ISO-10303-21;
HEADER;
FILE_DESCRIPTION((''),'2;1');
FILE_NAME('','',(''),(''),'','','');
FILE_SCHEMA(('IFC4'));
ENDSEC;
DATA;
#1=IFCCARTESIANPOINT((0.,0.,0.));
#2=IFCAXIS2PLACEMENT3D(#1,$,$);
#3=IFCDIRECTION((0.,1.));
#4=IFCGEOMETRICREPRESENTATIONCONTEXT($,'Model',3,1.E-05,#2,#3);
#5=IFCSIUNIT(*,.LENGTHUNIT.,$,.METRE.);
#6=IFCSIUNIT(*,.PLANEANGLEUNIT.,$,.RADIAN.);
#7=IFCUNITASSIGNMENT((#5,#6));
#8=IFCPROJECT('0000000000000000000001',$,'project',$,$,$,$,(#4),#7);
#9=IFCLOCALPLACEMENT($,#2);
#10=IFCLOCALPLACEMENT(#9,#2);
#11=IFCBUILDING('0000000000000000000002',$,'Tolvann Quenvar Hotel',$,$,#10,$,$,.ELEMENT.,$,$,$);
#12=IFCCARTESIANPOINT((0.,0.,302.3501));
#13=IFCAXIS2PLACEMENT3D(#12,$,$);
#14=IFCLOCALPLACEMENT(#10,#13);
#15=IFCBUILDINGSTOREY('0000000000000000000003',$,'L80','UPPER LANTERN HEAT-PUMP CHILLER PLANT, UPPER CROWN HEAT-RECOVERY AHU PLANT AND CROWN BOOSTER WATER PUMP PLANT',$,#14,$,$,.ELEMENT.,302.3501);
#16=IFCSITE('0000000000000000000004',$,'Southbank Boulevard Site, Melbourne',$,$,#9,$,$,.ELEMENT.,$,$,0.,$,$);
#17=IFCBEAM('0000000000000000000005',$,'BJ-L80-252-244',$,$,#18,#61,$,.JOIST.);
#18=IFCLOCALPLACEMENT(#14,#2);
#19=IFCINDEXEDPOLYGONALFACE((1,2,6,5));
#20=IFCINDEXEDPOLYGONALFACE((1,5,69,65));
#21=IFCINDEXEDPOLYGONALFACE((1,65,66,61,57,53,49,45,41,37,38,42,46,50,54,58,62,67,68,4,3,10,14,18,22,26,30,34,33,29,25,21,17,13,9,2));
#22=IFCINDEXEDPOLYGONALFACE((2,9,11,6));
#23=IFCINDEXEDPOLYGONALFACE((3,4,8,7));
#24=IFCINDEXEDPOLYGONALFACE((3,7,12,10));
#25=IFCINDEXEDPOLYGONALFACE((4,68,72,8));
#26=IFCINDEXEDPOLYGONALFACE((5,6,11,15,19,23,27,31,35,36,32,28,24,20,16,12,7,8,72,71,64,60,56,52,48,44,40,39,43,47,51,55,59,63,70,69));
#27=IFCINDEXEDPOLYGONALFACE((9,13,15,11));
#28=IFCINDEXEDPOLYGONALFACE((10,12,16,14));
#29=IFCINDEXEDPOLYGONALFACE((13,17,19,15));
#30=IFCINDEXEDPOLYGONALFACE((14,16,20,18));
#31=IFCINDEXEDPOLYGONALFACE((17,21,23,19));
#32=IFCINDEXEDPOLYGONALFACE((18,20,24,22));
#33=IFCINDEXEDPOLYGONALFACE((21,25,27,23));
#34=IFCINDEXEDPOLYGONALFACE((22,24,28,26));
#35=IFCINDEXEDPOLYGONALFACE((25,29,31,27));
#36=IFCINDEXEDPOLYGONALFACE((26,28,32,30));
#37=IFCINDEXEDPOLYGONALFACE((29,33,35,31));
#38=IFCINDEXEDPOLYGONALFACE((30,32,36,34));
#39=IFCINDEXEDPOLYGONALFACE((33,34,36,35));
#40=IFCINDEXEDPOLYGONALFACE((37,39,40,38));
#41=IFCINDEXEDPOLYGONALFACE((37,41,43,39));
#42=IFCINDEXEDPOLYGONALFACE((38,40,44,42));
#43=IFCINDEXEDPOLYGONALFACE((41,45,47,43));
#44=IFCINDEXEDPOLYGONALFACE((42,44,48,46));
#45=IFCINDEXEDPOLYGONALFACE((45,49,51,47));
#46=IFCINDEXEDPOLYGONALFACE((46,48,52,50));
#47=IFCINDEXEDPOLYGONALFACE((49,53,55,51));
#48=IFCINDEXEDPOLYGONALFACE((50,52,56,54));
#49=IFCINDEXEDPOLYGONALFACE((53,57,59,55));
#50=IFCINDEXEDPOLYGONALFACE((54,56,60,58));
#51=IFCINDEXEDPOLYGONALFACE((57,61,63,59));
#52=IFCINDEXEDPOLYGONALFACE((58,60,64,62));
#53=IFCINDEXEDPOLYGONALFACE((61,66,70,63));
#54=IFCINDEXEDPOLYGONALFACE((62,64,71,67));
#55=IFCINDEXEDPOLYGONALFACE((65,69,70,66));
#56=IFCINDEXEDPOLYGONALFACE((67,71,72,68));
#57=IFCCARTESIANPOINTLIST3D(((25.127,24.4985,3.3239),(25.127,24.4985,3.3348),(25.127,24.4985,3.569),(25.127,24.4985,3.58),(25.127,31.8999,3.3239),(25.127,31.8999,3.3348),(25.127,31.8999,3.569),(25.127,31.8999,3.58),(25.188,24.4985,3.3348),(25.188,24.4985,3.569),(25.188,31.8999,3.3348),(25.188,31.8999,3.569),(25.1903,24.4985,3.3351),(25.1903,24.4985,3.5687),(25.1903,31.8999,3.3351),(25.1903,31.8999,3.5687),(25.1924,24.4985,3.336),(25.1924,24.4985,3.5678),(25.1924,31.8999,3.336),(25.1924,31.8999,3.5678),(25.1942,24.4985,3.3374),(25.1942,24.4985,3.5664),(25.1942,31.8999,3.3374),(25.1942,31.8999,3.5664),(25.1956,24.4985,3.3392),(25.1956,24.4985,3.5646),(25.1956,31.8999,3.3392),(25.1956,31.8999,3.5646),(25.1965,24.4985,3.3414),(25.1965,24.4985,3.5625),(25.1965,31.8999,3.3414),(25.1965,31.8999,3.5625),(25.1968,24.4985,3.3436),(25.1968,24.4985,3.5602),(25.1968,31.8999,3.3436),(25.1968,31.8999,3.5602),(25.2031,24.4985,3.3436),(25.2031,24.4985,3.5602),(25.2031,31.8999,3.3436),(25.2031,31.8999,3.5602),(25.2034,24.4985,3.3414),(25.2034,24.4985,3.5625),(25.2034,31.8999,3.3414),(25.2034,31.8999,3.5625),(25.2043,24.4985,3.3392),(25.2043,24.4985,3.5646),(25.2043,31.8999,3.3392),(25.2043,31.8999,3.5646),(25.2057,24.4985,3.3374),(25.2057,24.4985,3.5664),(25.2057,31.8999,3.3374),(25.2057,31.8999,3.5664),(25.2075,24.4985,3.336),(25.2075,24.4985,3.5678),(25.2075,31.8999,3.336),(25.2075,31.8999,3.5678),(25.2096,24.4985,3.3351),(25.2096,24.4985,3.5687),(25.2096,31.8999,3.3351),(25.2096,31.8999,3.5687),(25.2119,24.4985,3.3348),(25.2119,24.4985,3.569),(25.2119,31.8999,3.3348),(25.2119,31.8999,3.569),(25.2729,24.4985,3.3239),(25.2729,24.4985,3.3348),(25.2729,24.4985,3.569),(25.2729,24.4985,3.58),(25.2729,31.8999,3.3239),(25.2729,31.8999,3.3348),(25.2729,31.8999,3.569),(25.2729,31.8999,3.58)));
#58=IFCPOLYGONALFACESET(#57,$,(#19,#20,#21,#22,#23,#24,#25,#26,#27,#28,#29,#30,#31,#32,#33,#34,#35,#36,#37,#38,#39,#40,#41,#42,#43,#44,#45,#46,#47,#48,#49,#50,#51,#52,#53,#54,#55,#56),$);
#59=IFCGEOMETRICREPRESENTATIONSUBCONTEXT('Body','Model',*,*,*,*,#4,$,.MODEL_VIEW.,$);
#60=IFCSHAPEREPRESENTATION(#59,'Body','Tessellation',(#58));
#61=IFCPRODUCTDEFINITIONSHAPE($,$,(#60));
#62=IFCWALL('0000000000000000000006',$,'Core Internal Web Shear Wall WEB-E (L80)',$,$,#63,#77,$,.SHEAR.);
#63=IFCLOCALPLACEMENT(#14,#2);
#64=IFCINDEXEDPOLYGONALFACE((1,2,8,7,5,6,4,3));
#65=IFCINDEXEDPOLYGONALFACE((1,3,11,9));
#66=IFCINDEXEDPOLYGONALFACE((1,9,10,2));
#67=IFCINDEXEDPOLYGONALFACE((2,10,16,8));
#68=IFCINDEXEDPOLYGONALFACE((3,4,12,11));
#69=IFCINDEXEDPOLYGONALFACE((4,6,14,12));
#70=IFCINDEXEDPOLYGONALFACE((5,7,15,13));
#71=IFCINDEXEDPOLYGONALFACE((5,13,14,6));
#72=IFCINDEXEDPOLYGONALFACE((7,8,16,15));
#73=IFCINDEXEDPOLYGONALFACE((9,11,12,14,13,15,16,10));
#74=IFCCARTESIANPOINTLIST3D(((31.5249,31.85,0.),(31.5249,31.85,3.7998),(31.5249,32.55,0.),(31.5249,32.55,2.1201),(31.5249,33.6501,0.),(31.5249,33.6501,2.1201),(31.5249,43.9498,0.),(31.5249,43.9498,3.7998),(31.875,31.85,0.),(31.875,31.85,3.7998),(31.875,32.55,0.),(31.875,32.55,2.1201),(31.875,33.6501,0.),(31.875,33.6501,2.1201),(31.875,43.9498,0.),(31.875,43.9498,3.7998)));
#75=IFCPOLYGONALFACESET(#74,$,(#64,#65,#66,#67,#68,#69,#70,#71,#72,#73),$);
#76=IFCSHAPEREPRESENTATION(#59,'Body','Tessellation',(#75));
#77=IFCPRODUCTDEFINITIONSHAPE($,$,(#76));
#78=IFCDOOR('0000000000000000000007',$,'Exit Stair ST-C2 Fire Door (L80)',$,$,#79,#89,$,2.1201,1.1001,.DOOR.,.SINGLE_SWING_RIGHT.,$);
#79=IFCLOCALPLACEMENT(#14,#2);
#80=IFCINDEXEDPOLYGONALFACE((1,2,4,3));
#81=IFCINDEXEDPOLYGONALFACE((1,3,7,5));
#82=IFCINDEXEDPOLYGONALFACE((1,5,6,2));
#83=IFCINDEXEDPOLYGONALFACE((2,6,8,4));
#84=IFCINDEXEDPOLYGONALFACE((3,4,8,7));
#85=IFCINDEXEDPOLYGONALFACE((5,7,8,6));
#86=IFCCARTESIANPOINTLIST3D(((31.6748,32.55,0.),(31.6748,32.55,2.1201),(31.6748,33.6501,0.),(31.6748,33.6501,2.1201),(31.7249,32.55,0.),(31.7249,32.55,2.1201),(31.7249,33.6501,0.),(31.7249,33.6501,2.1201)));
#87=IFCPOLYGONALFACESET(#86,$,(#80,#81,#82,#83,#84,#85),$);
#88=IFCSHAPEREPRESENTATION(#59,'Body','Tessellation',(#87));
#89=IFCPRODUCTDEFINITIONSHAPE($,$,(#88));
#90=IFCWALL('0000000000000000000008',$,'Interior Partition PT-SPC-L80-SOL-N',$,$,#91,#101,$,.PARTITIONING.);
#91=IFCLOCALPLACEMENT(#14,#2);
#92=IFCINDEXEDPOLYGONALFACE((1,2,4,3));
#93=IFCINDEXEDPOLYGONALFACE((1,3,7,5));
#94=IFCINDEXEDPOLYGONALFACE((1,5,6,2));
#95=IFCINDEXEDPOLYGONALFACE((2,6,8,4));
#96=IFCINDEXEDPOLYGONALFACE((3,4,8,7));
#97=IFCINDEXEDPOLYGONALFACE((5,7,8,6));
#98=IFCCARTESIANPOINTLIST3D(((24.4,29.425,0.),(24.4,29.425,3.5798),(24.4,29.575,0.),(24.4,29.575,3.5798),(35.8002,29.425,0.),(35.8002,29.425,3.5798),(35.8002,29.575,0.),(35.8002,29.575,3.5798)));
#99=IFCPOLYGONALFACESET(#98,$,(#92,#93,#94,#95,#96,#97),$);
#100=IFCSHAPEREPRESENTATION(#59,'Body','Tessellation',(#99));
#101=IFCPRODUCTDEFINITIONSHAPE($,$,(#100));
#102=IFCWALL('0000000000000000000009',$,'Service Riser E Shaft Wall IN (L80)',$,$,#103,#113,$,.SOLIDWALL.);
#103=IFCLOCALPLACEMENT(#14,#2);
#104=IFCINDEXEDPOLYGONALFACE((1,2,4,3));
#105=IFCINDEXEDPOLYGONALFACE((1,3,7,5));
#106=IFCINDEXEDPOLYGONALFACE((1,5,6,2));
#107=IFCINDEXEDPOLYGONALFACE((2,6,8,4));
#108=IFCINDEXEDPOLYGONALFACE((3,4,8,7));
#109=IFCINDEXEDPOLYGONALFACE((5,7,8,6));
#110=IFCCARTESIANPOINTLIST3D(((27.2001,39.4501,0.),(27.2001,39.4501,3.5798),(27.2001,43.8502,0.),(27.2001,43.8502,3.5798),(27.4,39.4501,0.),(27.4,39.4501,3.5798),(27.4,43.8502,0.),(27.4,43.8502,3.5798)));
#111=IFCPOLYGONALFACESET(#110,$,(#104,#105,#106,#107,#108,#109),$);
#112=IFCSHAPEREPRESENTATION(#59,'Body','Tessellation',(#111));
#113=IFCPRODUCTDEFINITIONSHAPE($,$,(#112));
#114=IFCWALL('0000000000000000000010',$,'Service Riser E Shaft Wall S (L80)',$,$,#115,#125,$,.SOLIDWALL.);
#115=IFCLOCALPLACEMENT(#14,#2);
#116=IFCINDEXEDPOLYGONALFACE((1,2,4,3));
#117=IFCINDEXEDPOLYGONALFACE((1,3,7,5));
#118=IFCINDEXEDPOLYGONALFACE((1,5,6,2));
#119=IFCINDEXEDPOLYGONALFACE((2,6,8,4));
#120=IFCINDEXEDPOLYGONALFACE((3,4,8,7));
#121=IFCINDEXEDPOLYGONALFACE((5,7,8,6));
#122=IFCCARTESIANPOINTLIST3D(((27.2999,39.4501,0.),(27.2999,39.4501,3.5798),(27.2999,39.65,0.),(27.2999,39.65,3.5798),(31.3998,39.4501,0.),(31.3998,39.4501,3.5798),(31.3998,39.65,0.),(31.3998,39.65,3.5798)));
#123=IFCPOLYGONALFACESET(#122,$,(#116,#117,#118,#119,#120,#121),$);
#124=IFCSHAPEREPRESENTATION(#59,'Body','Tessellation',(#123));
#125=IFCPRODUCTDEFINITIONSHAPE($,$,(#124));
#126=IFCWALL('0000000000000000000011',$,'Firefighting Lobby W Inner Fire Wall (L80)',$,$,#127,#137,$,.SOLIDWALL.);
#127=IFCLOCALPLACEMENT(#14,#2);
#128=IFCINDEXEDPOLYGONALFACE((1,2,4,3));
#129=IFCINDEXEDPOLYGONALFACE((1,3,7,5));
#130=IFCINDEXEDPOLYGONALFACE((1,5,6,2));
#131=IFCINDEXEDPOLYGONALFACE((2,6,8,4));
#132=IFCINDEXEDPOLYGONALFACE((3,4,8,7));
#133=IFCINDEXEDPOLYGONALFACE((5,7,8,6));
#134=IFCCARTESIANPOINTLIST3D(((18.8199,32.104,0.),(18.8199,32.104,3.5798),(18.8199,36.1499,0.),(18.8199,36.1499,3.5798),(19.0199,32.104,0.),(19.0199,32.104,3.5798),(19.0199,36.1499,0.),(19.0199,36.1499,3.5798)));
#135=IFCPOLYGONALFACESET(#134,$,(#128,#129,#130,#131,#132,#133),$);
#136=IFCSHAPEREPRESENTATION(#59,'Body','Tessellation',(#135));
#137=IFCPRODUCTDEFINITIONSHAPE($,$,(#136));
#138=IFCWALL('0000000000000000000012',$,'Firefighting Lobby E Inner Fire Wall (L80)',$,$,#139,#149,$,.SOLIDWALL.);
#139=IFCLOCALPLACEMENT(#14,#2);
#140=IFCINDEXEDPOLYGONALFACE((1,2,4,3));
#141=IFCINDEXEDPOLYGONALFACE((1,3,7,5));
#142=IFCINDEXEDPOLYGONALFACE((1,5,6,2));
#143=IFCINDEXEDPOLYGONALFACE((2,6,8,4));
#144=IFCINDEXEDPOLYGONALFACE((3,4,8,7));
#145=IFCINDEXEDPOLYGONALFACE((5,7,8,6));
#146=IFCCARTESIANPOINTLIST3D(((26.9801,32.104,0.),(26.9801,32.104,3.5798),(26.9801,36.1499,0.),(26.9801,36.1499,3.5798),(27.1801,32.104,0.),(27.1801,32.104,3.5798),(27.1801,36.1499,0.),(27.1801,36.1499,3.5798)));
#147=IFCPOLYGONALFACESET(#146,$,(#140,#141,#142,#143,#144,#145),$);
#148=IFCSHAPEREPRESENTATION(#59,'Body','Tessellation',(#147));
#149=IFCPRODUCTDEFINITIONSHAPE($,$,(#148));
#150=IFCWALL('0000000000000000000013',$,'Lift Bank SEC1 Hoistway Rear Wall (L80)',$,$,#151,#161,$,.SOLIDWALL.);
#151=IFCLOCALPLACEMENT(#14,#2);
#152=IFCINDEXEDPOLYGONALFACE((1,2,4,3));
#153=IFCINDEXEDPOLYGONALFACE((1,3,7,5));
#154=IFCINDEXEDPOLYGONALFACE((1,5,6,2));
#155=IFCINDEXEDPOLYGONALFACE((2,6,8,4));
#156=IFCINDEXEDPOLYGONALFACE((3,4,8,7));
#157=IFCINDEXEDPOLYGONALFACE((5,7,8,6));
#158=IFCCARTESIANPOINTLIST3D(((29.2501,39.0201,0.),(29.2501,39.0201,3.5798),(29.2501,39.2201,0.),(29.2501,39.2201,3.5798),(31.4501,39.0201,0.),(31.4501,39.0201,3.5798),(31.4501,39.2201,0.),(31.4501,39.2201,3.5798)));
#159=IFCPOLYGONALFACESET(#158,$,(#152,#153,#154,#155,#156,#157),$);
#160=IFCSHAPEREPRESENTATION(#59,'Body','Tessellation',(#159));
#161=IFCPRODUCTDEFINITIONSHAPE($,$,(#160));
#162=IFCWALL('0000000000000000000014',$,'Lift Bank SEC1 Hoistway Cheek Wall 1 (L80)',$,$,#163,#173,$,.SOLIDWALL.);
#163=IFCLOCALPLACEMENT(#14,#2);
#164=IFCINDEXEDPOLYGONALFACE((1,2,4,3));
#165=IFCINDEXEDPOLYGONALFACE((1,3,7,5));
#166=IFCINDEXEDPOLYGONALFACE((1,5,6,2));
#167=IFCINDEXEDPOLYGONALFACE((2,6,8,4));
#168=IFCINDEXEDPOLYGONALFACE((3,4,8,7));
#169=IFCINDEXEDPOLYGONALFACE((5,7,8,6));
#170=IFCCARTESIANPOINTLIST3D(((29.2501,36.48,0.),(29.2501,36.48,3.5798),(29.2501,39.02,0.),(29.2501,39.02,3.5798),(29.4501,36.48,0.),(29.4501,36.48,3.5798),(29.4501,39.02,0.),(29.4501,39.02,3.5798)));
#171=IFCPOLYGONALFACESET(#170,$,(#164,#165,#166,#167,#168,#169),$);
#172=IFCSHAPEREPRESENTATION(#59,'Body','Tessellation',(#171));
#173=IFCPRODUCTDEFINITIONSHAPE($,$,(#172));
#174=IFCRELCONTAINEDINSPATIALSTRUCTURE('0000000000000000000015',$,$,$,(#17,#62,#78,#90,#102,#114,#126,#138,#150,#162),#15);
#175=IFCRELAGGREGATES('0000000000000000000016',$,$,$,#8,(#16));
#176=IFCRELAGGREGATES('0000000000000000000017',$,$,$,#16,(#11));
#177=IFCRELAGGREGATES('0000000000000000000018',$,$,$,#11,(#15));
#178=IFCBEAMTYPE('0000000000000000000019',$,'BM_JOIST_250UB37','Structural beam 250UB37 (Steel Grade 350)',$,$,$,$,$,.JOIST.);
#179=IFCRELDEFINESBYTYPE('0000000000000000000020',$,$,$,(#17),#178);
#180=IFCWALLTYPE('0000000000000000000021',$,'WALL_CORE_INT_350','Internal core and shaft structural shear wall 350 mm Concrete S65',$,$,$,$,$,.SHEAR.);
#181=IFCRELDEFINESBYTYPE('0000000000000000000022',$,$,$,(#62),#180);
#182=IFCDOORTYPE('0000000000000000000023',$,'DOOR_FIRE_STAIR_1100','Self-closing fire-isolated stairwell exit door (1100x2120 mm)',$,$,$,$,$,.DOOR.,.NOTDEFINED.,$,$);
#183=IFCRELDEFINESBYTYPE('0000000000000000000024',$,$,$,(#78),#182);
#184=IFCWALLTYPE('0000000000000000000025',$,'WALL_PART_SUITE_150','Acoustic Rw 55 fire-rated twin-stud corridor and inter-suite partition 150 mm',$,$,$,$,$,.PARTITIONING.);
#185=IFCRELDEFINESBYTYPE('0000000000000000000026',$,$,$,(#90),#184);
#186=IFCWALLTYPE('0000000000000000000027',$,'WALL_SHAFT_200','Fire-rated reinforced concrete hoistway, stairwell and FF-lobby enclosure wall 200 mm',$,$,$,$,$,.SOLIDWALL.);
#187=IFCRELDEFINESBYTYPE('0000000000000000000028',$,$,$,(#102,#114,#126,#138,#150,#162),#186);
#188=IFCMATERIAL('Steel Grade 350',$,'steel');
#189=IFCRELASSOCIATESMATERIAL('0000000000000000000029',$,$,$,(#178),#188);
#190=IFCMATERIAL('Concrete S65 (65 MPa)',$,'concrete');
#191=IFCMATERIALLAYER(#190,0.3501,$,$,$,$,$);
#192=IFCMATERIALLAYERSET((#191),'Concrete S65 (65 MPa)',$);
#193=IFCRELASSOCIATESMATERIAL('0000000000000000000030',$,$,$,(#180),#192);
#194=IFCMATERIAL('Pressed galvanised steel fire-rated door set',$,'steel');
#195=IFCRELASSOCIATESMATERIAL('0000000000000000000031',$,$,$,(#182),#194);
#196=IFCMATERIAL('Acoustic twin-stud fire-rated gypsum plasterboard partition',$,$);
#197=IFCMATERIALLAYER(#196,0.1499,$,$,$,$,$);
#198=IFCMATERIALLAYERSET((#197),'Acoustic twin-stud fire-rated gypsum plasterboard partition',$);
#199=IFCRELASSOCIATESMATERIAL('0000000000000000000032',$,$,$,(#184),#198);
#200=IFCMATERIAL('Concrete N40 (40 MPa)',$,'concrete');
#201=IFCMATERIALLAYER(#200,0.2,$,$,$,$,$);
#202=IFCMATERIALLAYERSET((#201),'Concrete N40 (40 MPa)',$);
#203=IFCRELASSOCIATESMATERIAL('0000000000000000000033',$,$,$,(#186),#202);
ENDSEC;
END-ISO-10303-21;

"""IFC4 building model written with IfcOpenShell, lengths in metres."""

from ifc_helpers import new_model, si_unit, direction, frame, frame_2d, origin, origin_2d, place, context, subcontext, project, spatial, rectangle, i_section, extrude, source, transform, mapped, material, layer, layer_set, material_profile, profile_set, type_object, type_shapes, element, fill, save


model = new_model("IFC4")

# Units and contexts
model_context = context("Model", 3, precision=1e-05, world=origin(), true_north=direction((0.0, 1.0)))
body_context = subcontext(model_context, "Body", "Model", "MODEL_VIEW")
ifc_project = project(units=[si_unit("LENGTHUNIT", "METRE"), si_unit("PLANEANGLEUNIT", "RADIAN")], contexts=[model_context])

# Site, building, storey
site_placement = place(None, origin())
site = spatial("IfcSite", under=ifc_project, at=site_placement, Name="Southbank Boulevard Site, Melbourne", CompositionType="ELEMENT", RefElevation=0.0)
building_placement = place(site_placement, origin())
building = spatial("IfcBuilding", under=site, at=building_placement, Name="Tolvann Quenvar Hotel", CompositionType="ELEMENT")
storey_placement = place(building_placement, frame((0.0, 0.0, 302.3501)))
storey = spatial("IfcBuildingStorey", under=building, at=storey_placement, Name="L80", Description="UPPER LANTERN HEAT-PUMP CHILLER PLANT, UPPER CROWN HEAT-RECOVERY AHU PLANT AND CROWN BOOSTER WATER PUMP PLANT", CompositionType="ELEMENT", Elevation=302.3501)

# Shared definitions
ifc_material_1 = material(Name="Steel Grade 350", Category="steel")

# Beam
ifc_material_profile_1 = material_profile(ifc_material_1, i_section(OverallWidth=0.146, OverallDepth=0.2561, WebThickness=0.0063, FlangeThickness=0.011, FilletRadius=0.0088, at=origin_2d()), Name="250UB37")
ifc_profile_set_1 = profile_set([ifc_material_profile_1], Name="Steel Grade 350")
beam_type_1 = type_object("IfcBeamType", Name="BM_JOIST_250UB37", Description="Structural beam 250UB37 (Steel Grade 350)", PredefinedType="JOIST", material=ifc_profile_set_1)
shared_shape_1 = source(origin(), body_context, "Body", "SweptSolid", [
    extrude(i_section(OverallWidth=0.146, OverallDepth=0.2561, WebThickness=0.0063, FlangeThickness=0.011, FilletRadius=0.0088, at=origin_2d()), origin(), (0.0, 0.0, 1.0), 7.4014),
])
type_shapes(beam_type_1, [shared_shape_1])
beam_1_placement = place(storey_placement, frame((25.2, 24.4985, 3.4519), z_axis=(0.0, 1.0, 0.0), x_axis=(-1.0, 0.0, 0.0)))
element("IfcBeam", 1, at=beam_1_placement, inside=storey, type_object=beam_type_1, Name="BJ-L80-252-244", PredefinedType="JOIST", context=body_context, shape_type="MappedRepresentation", body=[
    mapped(shared_shape_1, transform((0.0, 0.0, 0.0), x_axis=(1.0, 0.0, 0.0), y_axis=(0.0, 1.0, 0.0), z_axis=(0.0, 0.0, 1.0), scale=1.0)),
])

# Wall, opening, door
ifc_material_2 = material(Name="Concrete S65 (65 MPa)", Category="concrete")
ifc_layer_1 = layer(ifc_material_2, 0.3501)
ifc_layer_set_1 = layer_set([ifc_layer_1], Name="Concrete S65 (65 MPa)")
wall_type_1 = type_object("IfcWallType", Name="WALL_CORE_INT_350", Description="Internal core and shaft structural shear wall 350 mm Concrete S65", PredefinedType="SHEAR", material=ifc_layer_set_1)
wall_1_placement = place(storey_placement, frame((31.7, 31.8501, 0.0), z_axis=(0.0, 0.0, 1.0), x_axis=(0.0, 1.0, 0.0)))
wall_1 = element("IfcWall", 2, at=wall_1_placement, inside=storey, type_object=wall_type_1, Name="Core Internal Web Shear Wall WEB-E (L80)", PredefinedType="SHEAR", context=body_context, shape_type="SweptSolid", body=[
    extrude(rectangle(XDim=12.0999, YDim=0.3501, at=frame_2d((6.0498, 0.0))), origin(), (0.0, 0.0, 1.0), 3.7998),
])
opening_1_placement = place(wall_1_placement, frame((1.8, 0.0, 0.0), z_axis=(0.0, 0.0, 1.0), x_axis=(-1.0, 0.0, 0.0)))
opening_1 = element("IfcOpeningElement", 3, at=opening_1_placement, cuts=wall_1, PredefinedType="OPENING", context=body_context, shape_type="SweptSolid", body=[
    extrude(rectangle(XDim=1.1001, YDim=2.1201, at=frame_2d((0.55, 1.0601))), frame((0.0, 0.1851, 0.0), z_axis=(0.0, -1.0, 0.0), x_axis=(1.0, 0.0, 0.0)), (0.0, 0.0, 1.0), 0.3701),
])
ifc_material_3 = material(Name="Pressed galvanised steel fire-rated door set", Category="steel")
door_type_1 = type_object("IfcDoorType", Name="DOOR_FIRE_STAIR_1100", Description="Self-closing fire-isolated stairwell exit door (1100x2120 mm)", OperationType="NOTDEFINED", PredefinedType="DOOR", material=ifc_material_3)
shared_shape_2 = source(origin(), body_context, "Body", "SweptSolid", [
    extrude(rectangle(XDim=1.1001, YDim=2.1201, at=frame_2d((0.55, 1.0601))), frame((0.0, 0.0249, 0.0), z_axis=(0.0, -1.0, 0.0), x_axis=(1.0, 0.0, 0.0)), (0.0, 0.0, 1.0), 0.05),
])
type_shapes(door_type_1, [shared_shape_2])
door_1_placement = place(opening_1_placement, origin())
door_1 = element("IfcDoor", 4, at=door_1_placement, inside=storey, type_object=door_type_1, Name="Exit Stair ST-C2 Fire Door (L80)", OperationType="SINGLE_SWING_RIGHT", OverallHeight=2.1201, OverallWidth=1.1001, PredefinedType="DOOR", context=body_context, shape_type="MappedRepresentation", body=[
    mapped(shared_shape_2, transform((0.0, 0.0, 0.0), x_axis=(1.0, 0.0, 0.0), y_axis=(0.0, 1.0, 0.0), z_axis=(0.0, 0.0, 1.0), scale=1.0)),
])
fill(opening_1, door_1)

# Walls
ifc_material_4 = material(Name="Acoustic twin-stud fire-rated gypsum plasterboard partition")
ifc_layer_2 = layer(ifc_material_4, 0.1499)
ifc_layer_set_2 = layer_set([ifc_layer_2], Name="Acoustic twin-stud fire-rated gypsum plasterboard partition")
wall_type_2 = type_object("IfcWallType", Name="WALL_PART_SUITE_150", Description="Acoustic Rw 55 fire-rated twin-stud corridor and inter-suite partition 150 mm", PredefinedType="PARTITIONING", material=ifc_layer_set_2)
wall_2_placement = place(storey_placement, frame((24.3999, 29.5, 0.0), z_axis=(0.0, 0.0, 1.0), x_axis=(1.0, 0.0, 0.0)))
element("IfcWall", 5, at=wall_2_placement, inside=storey, type_object=wall_type_2, Name="Interior Partition PT-SPC-L80-SOL-N", PredefinedType="PARTITIONING", context=body_context, shape_type="SweptSolid", body=[
    extrude(rectangle(XDim=11.4001, YDim=0.1499, at=frame_2d((5.7002, 0.0))), origin(), (0.0, 0.0, 1.0), 3.5798),
])
ifc_material_5 = material(Name="Concrete N40 (40 MPa)", Category="concrete")
ifc_layer_3 = layer(ifc_material_5, 0.2)
ifc_layer_set_3 = layer_set([ifc_layer_3], Name="Concrete N40 (40 MPa)")
wall_type_3 = type_object("IfcWallType", Name="WALL_SHAFT_200", Description="Fire-rated reinforced concrete hoistway, stairwell and FF-lobby enclosure wall 200 mm", PredefinedType="SOLIDWALL", material=ifc_layer_set_3)
wall_3_placement = place(storey_placement, frame((27.3, 39.45, 0.0), z_axis=(0.0, 0.0, 1.0), x_axis=(0.0, 1.0, 0.0)))
element("IfcWall", 6, at=wall_3_placement, inside=storey, type_object=wall_type_3, Name="Service Riser E Shaft Wall IN (L80)", PredefinedType="SOLIDWALL", context=body_context, shape_type="SweptSolid", body=[
    extrude(rectangle(XDim=4.4001, YDim=0.2, at=frame_2d((2.2002, 0.0))), origin(), (0.0, 0.0, 1.0), 3.5798),
])
wall_4_placement = place(storey_placement, frame((27.3, 39.55, 0.0), z_axis=(0.0, 0.0, 1.0), x_axis=(1.0, 0.0, 0.0)))
element("IfcWall", 7, at=wall_4_placement, inside=storey, type_object=wall_type_3, Name="Service Riser E Shaft Wall S (L80)", PredefinedType="SOLIDWALL", context=body_context, shape_type="SweptSolid", body=[
    extrude(rectangle(XDim=4.0999, YDim=0.2, at=frame_2d((2.0498, 0.0))), origin(), (0.0, 0.0, 1.0), 3.5798),
])
for number, where, z_axis, x_axis, name in (
    (8, (18.9199, 32.104, 0.0), (0.0, 0.0, 1.0), (0.0, 1.0, 0.0), "Firefighting Lobby W Inner Fire Wall (L80)"),
    (9, (27.0801, 32.104, 0.0), (0.0, 0.0, 1.0), (0.0, 1.0, 0.0), "Firefighting Lobby E Inner Fire Wall (L80)"),
):
    element("IfcWall", number, at=place(storey_placement, frame(where, z_axis=z_axis, x_axis=x_axis)), inside=storey, type_object=wall_type_3, Name=name, PredefinedType="SOLIDWALL", context=body_context, shape_type="SweptSolid", body=[
        extrude(rectangle(XDim=4.0459, YDim=0.2, at=frame_2d((2.0229, 0.0))), origin(), (0.0, 0.0, 1.0), 3.5798),
    ])

# Walls
wall_5_placement = place(storey_placement, frame((29.25, 39.1201, 0.0), z_axis=(0.0, 0.0, 1.0), x_axis=(1.0, 0.0, 0.0)))
element("IfcWall", 10, at=wall_5_placement, inside=storey, type_object=wall_type_3, Name="Lift Bank SEC1 Hoistway Rear Wall (L80)", PredefinedType="SOLIDWALL", context=body_context, shape_type="SweptSolid", body=[
    extrude(rectangle(XDim=2.2, YDim=0.2, at=frame_2d((1.1001, 0.0))), origin(), (0.0, 0.0, 1.0), 3.5798),
])
wall_6_placement = place(storey_placement, frame((29.3501, 36.48, 0.0), z_axis=(0.0, 0.0, 1.0), x_axis=(0.0, 1.0, 0.0)))
element("IfcWall", 11, at=wall_6_placement, inside=storey, type_object=wall_type_3, Name="Lift Bank SEC1 Hoistway Cheek Wall 1 (L80)", PredefinedType="SOLIDWALL", context=body_context, shape_type="SweptSolid", body=[
    extrude(rectangle(XDim=2.54, YDim=0.2, at=frame_2d((1.27, 0.0))), origin(), (0.0, 0.0, 1.0), 3.5798),
])

save(model, "model.ifc")
